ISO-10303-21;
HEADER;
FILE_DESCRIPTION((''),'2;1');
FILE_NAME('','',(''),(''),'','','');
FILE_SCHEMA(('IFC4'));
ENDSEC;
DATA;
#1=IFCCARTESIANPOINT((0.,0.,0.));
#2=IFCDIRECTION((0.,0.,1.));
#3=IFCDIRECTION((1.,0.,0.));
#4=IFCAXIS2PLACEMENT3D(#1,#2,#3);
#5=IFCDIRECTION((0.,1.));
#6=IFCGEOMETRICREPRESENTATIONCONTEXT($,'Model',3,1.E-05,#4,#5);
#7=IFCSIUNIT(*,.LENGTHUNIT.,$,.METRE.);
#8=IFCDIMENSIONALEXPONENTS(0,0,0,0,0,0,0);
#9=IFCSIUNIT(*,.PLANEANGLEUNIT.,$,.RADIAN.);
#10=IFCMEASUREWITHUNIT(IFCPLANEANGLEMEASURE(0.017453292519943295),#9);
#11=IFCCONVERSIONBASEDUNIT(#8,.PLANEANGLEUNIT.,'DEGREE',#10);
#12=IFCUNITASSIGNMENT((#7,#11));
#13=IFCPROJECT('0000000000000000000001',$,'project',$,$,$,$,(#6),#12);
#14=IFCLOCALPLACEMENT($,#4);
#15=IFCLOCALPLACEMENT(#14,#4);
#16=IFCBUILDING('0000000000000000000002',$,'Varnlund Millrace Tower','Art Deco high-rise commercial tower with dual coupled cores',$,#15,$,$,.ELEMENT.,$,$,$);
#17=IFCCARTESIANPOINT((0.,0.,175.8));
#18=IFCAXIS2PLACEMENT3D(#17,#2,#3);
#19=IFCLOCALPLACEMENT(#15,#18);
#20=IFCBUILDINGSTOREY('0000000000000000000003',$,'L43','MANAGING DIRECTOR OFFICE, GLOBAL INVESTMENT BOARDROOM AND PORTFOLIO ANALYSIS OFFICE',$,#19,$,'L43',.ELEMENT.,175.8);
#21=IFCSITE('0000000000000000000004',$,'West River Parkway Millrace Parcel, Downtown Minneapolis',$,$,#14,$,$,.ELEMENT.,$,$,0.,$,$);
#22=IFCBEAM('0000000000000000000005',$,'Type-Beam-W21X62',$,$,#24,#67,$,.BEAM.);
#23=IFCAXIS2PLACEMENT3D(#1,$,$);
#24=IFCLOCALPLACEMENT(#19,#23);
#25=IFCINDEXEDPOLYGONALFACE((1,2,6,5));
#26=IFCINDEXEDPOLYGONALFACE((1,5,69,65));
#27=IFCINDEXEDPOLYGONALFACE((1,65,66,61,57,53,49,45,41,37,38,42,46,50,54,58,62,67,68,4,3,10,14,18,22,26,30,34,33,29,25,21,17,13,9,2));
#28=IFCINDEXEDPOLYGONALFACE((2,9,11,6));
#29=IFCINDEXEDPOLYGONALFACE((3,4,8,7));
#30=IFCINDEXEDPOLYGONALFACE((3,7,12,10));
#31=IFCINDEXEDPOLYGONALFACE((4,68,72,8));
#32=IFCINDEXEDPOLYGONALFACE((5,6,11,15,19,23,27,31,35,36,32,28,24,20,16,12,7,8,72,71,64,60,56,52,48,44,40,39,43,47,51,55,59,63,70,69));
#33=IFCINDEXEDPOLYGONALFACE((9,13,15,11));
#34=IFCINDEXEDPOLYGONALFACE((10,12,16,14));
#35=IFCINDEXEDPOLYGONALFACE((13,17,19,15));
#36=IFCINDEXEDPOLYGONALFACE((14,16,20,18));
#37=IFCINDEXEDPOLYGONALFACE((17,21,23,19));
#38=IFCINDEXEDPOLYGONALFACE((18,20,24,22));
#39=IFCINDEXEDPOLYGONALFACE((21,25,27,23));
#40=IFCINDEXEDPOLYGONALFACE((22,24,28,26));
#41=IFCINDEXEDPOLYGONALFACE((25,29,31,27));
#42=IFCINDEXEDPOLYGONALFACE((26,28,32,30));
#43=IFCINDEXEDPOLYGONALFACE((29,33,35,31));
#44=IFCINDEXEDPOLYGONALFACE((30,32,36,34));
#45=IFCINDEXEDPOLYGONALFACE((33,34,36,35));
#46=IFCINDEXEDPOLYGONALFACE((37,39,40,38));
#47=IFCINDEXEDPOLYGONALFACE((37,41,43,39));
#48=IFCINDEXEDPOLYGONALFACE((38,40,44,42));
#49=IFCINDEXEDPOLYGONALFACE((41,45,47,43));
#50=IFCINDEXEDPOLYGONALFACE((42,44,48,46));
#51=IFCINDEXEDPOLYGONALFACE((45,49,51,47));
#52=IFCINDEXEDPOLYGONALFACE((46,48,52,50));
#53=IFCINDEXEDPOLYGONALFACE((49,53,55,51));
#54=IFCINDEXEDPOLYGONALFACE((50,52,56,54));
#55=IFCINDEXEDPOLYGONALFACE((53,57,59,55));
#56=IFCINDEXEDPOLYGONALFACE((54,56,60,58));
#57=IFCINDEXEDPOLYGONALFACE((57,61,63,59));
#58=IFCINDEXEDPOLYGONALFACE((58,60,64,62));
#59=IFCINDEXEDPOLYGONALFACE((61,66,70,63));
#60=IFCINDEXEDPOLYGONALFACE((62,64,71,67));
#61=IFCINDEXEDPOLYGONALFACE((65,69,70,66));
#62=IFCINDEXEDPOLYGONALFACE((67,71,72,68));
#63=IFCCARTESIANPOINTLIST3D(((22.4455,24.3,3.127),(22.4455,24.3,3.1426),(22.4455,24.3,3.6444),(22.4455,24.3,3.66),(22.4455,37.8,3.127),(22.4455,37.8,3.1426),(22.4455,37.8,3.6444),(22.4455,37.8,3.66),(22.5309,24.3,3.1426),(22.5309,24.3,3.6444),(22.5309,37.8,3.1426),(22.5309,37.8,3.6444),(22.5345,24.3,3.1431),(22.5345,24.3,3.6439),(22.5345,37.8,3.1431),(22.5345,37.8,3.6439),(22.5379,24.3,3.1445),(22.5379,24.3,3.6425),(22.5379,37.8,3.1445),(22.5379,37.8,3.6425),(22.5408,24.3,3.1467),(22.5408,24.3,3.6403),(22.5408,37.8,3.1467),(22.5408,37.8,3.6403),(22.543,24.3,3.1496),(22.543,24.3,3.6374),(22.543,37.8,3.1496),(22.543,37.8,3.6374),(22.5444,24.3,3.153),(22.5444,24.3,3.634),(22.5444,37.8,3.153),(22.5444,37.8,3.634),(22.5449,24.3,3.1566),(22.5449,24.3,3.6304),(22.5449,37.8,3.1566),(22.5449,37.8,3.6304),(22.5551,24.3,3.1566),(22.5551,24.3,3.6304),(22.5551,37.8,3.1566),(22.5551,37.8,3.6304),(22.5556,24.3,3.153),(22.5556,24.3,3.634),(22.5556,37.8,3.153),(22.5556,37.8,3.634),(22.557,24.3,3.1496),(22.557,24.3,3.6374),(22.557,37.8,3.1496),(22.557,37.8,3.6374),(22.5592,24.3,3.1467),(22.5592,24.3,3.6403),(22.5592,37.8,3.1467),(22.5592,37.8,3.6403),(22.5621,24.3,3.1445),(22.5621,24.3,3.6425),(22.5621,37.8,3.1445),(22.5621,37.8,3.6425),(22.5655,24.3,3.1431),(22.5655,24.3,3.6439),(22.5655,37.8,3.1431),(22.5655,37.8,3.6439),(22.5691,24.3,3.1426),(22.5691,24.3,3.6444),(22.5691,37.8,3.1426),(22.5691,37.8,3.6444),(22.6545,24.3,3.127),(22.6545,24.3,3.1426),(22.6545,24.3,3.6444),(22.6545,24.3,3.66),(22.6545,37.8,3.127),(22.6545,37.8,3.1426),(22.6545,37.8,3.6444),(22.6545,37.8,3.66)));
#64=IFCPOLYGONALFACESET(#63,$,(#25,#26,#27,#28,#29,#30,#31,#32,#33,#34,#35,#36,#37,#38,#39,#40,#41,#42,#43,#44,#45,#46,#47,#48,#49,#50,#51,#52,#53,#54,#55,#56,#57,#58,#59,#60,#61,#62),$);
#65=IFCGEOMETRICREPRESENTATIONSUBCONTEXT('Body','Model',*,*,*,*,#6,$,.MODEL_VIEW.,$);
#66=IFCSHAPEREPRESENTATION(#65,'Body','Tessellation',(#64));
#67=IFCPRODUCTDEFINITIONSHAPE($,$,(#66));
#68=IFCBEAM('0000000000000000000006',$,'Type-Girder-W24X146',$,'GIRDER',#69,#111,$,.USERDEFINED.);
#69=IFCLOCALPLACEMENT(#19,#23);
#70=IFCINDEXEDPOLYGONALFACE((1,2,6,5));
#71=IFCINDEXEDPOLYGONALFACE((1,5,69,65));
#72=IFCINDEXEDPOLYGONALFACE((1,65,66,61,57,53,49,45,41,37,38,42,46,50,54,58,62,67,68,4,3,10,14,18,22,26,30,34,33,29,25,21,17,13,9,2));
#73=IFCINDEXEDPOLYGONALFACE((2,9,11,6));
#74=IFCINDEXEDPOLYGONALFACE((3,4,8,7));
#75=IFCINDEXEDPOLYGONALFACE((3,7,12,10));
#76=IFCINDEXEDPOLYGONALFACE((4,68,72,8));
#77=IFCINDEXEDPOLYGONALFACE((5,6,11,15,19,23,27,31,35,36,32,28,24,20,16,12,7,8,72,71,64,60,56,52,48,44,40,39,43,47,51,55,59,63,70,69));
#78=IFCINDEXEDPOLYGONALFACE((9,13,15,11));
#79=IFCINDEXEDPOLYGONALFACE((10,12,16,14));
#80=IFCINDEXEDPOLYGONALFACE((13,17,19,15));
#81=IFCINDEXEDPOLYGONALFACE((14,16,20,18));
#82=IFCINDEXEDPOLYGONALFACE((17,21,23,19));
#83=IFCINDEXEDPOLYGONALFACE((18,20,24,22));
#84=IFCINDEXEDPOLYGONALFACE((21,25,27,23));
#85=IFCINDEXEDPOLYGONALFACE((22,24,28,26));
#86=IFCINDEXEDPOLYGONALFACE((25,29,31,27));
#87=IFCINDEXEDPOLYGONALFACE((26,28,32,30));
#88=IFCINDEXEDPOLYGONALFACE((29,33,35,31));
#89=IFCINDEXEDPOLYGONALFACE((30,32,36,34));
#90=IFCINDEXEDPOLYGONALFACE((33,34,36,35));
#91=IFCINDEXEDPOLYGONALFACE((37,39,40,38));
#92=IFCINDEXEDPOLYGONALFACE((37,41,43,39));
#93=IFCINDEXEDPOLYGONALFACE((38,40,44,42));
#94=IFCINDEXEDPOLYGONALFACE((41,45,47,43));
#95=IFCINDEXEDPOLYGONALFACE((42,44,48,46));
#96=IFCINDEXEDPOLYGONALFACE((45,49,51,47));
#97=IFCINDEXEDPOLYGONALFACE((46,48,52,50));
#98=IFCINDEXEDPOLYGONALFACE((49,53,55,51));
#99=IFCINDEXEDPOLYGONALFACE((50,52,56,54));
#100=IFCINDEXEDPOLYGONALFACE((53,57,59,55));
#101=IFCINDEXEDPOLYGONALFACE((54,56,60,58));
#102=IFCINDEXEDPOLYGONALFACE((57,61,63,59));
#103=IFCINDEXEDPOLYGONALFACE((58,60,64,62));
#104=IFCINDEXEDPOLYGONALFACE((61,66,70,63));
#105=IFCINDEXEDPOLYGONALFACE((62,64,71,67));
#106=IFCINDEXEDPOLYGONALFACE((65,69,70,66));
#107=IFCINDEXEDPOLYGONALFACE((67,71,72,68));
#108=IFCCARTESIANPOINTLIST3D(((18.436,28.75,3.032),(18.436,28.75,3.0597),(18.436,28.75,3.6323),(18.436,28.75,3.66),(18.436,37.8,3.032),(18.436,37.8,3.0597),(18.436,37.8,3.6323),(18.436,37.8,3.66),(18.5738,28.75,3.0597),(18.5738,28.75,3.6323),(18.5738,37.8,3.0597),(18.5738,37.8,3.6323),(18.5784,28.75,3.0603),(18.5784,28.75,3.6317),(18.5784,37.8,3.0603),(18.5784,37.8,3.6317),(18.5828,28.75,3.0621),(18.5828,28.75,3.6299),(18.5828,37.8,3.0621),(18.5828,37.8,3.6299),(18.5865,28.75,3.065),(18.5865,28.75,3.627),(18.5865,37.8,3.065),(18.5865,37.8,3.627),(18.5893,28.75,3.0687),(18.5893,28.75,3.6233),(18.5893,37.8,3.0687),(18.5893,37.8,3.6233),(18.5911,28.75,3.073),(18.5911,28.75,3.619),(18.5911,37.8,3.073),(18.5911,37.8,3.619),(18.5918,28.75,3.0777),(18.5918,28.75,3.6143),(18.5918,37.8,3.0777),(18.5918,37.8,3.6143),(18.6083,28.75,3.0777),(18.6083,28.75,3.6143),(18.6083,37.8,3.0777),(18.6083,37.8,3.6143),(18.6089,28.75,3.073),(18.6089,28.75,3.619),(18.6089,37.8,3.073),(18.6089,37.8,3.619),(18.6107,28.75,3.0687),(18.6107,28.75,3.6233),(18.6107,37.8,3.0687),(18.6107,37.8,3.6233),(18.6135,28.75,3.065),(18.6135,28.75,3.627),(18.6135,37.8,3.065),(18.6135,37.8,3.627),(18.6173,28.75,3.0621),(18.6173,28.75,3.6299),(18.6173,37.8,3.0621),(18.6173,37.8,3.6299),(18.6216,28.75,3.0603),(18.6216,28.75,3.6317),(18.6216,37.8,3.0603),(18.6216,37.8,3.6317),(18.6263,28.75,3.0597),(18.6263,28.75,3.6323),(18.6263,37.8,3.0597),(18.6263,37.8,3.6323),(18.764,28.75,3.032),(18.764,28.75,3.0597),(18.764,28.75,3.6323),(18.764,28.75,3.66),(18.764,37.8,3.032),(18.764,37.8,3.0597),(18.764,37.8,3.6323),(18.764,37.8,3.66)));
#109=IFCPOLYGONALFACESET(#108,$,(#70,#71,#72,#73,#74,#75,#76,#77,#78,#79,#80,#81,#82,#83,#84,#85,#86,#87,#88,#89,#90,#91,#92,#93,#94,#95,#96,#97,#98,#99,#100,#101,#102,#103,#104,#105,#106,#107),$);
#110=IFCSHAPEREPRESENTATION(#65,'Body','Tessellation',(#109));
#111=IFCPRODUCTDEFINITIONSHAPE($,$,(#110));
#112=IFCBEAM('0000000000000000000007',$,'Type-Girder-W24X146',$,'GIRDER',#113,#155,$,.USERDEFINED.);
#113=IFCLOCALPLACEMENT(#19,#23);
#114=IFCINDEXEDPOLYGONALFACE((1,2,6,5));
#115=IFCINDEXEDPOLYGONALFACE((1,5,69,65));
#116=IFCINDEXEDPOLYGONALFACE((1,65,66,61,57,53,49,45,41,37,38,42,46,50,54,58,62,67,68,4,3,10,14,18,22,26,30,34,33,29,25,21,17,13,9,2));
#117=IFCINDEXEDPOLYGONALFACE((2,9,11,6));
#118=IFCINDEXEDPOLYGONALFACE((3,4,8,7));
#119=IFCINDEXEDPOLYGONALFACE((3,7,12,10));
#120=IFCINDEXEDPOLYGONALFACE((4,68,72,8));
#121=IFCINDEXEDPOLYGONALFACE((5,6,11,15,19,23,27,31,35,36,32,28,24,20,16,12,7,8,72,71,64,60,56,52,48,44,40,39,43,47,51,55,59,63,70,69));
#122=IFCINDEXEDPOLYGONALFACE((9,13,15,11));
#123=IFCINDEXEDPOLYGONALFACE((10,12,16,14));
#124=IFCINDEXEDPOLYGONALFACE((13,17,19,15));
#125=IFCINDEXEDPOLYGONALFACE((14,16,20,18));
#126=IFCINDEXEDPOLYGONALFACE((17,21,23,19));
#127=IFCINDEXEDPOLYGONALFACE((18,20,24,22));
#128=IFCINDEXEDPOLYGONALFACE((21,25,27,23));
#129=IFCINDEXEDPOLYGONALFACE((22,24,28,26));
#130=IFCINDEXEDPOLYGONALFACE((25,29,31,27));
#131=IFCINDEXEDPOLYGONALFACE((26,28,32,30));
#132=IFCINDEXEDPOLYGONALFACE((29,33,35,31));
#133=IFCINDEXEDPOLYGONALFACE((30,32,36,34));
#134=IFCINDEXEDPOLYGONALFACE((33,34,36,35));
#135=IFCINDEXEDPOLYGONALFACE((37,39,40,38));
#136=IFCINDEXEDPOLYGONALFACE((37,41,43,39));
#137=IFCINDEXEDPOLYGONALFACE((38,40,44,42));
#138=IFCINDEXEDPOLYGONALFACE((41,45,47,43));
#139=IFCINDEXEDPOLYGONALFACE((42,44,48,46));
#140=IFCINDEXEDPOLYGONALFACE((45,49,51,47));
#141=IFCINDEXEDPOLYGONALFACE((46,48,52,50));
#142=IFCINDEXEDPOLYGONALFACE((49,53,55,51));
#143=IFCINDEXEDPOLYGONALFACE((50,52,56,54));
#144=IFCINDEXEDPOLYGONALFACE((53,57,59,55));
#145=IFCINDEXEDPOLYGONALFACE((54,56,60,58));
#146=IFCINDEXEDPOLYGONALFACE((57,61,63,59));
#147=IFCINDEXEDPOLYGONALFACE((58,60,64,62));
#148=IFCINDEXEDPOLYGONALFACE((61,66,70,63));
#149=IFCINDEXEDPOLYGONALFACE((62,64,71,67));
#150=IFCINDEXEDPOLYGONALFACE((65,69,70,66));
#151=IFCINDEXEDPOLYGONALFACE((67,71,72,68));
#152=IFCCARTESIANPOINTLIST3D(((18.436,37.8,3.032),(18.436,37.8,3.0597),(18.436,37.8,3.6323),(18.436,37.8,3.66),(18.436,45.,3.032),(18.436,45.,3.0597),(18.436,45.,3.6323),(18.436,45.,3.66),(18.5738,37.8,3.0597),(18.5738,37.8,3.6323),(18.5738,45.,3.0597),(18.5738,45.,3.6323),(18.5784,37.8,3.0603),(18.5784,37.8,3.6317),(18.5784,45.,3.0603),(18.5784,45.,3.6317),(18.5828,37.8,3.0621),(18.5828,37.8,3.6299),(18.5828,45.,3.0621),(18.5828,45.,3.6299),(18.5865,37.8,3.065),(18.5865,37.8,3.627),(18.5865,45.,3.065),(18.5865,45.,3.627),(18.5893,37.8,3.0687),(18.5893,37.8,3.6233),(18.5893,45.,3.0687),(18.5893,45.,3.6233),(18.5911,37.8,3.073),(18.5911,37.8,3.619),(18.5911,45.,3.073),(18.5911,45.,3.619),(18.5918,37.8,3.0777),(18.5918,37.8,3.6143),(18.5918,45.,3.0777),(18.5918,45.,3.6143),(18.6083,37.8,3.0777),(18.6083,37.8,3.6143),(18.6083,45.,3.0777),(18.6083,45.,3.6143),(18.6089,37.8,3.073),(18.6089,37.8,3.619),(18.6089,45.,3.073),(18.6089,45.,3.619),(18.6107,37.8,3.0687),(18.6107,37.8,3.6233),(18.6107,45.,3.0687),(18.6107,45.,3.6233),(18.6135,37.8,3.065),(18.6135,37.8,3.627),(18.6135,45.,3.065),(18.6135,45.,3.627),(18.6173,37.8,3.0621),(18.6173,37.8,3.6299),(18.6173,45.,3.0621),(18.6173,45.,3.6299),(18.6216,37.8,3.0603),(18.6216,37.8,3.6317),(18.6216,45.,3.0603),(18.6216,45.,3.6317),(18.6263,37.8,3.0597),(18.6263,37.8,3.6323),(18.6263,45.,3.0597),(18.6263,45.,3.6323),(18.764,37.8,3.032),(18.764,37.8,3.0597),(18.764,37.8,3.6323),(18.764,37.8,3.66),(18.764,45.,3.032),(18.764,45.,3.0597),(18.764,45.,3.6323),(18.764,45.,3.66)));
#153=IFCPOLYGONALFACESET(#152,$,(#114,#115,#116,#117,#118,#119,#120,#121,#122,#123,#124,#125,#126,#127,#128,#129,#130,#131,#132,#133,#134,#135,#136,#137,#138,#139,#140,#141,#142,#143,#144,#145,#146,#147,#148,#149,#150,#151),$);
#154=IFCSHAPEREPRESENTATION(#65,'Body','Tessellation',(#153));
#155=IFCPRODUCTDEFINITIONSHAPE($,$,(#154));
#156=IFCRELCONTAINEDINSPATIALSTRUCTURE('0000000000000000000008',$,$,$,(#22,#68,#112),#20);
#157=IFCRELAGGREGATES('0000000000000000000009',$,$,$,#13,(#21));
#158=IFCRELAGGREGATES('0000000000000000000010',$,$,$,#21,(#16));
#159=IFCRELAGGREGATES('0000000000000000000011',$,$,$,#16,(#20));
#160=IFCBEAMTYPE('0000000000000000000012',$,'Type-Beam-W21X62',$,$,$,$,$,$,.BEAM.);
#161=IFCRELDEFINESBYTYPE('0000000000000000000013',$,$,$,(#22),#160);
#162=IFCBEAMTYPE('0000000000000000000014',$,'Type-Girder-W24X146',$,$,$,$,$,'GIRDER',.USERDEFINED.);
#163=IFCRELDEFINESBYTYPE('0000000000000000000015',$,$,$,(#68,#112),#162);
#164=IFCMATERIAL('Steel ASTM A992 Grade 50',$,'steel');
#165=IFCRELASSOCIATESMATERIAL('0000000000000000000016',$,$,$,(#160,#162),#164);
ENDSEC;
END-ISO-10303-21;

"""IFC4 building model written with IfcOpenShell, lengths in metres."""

from ifc_helpers import new_model, entity, si_unit, converted_unit, direction, frame, origin_with_axes, origin_2d_with_axis, place, context, subcontext, project, spatial, i_section, extrude, material, material_profile, profile_set, type_object, element, save


model = new_model("IFC4")

# Units and contexts
model_context = context("Model", 3, precision=1e-05, world=origin_with_axes(), true_north=direction((0.0, 1.0)))
body_context = subcontext(model_context, "Body", "Model", "MODEL_VIEW")
ifc_project = project(units=[si_unit("LENGTHUNIT", "METRE"), converted_unit("PLANEANGLEUNIT", "DEGREE", entity("IfcPlaneAngleMeasure", 0.017453292519943295), si_unit("PLANEANGLEUNIT", "RADIAN"), dimensions=[0, 0, 0, 0, 0, 0, 0])], contexts=[model_context])

# Site, building, storey
site_placement = place(None, origin_with_axes())
site = spatial("IfcSite", under=ifc_project, at=site_placement, Name="West River Parkway Millrace Parcel, Downtown Minneapolis", CompositionType="ELEMENT", RefElevation=0.0)
building_placement = place(site_placement, origin_with_axes())
building = spatial("IfcBuilding", under=site, at=building_placement, Name="Varnlund Millrace Tower", Description="Art Deco high-rise commercial tower with dual coupled cores", CompositionType="ELEMENT")
storey_placement = place(building_placement, frame((0.0, 0.0, 175.8), z_axis=(0.0, 0.0, 1.0), x_axis=(1.0, 0.0, 0.0)))
storey = spatial("IfcBuildingStorey", under=building, at=storey_placement, Name="L43", Description="MANAGING DIRECTOR OFFICE, GLOBAL INVESTMENT BOARDROOM AND PORTFOLIO ANALYSIS OFFICE", LongName="L43", CompositionType="ELEMENT", Elevation=175.8)

# Beams
ifc_material_1 = material(Name="Steel ASTM A992 Grade 50", Category="steel")
ifc_material_profile_1 = material_profile(ifc_material_1, i_section(OverallWidth=0.209, OverallDepth=0.533, WebThickness=0.0102, FlangeThickness=0.0156, FilletRadius=0.014, at=origin_2d_with_axis()), Name="Steel ASTM A992 Grade 50")
ifc_profile_set_1 = profile_set([ifc_material_profile_1], Name="Steel ASTM A992 Grade 50")
beam_type_1 = type_object("IfcBeamType", Name="Type-Beam-W21X62", PredefinedType="BEAM", material=ifc_profile_set_1)
beam_1_placement = place(storey_placement, frame((22.55, 24.3, 3.3935), z_axis=(0.0, 1.0, 0.0), x_axis=(-1.0, 0.0, 0.0)))
element("IfcBeam", 1, at=beam_1_placement, inside=storey, type_object=beam_type_1, Name="Type-Beam-W21X62", PredefinedType="BEAM", context=body_context, shape_type="SweptSolid", body=[
    extrude(i_section(OverallWidth=0.209, OverallDepth=0.533, WebThickness=0.0102, FlangeThickness=0.0156, FilletRadius=0.014, at=origin_2d_with_axis()), origin_with_axes(), (0.0, 0.0, 1.0), 13.5),
])
ifc_material_profile_2 = material_profile(ifc_material_1, i_section(OverallWidth=0.328, OverallDepth=0.628, WebThickness=0.0165, FlangeThickness=0.0277, FilletRadius=0.018, at=origin_2d_with_axis()), Name="Steel ASTM A992 Grade 50")
ifc_profile_set_2 = profile_set([ifc_material_profile_2], Name="Steel ASTM A992 Grade 50")
beam_type_2 = type_object("IfcBeamType", Name="Type-Girder-W24X146", ElementType="GIRDER", PredefinedType="USERDEFINED", material=ifc_profile_set_2)
beam_2_placement = place(storey_placement, frame((18.6, 28.75, 3.346), z_axis=(0.0, 1.0, 0.0), x_axis=(-1.0, 0.0, 0.0)))
element("IfcBeam", 2, at=beam_2_placement, inside=storey, type_object=beam_type_2, Name="Type-Girder-W24X146", ObjectType="GIRDER", PredefinedType="USERDEFINED", context=body_context, shape_type="SweptSolid", body=[
    extrude(i_section(OverallWidth=0.328, OverallDepth=0.628, WebThickness=0.0165, FlangeThickness=0.0277, FilletRadius=0.018, at=origin_2d_with_axis()), origin_with_axes(), (0.0, 0.0, 1.0), 9.05),
])
beam_3_placement = place(storey_placement, frame((18.6, 37.8, 3.346), z_axis=(0.0, 1.0, 0.0), x_axis=(-1.0, 0.0, 0.0)))
element("IfcBeam", 3, at=beam_3_placement, inside=storey, type_object=beam_type_2, Name="Type-Girder-W24X146", ObjectType="GIRDER", PredefinedType="USERDEFINED", context=body_context, shape_type="SweptSolid", body=[
    extrude(i_section(OverallWidth=0.328, OverallDepth=0.628, WebThickness=0.0165, FlangeThickness=0.0277, FilletRadius=0.018, at=origin_2d_with_axis()), origin_with_axes(), (0.0, 0.0, 1.0), 7.2),
])

save(model, "model.ifc")
